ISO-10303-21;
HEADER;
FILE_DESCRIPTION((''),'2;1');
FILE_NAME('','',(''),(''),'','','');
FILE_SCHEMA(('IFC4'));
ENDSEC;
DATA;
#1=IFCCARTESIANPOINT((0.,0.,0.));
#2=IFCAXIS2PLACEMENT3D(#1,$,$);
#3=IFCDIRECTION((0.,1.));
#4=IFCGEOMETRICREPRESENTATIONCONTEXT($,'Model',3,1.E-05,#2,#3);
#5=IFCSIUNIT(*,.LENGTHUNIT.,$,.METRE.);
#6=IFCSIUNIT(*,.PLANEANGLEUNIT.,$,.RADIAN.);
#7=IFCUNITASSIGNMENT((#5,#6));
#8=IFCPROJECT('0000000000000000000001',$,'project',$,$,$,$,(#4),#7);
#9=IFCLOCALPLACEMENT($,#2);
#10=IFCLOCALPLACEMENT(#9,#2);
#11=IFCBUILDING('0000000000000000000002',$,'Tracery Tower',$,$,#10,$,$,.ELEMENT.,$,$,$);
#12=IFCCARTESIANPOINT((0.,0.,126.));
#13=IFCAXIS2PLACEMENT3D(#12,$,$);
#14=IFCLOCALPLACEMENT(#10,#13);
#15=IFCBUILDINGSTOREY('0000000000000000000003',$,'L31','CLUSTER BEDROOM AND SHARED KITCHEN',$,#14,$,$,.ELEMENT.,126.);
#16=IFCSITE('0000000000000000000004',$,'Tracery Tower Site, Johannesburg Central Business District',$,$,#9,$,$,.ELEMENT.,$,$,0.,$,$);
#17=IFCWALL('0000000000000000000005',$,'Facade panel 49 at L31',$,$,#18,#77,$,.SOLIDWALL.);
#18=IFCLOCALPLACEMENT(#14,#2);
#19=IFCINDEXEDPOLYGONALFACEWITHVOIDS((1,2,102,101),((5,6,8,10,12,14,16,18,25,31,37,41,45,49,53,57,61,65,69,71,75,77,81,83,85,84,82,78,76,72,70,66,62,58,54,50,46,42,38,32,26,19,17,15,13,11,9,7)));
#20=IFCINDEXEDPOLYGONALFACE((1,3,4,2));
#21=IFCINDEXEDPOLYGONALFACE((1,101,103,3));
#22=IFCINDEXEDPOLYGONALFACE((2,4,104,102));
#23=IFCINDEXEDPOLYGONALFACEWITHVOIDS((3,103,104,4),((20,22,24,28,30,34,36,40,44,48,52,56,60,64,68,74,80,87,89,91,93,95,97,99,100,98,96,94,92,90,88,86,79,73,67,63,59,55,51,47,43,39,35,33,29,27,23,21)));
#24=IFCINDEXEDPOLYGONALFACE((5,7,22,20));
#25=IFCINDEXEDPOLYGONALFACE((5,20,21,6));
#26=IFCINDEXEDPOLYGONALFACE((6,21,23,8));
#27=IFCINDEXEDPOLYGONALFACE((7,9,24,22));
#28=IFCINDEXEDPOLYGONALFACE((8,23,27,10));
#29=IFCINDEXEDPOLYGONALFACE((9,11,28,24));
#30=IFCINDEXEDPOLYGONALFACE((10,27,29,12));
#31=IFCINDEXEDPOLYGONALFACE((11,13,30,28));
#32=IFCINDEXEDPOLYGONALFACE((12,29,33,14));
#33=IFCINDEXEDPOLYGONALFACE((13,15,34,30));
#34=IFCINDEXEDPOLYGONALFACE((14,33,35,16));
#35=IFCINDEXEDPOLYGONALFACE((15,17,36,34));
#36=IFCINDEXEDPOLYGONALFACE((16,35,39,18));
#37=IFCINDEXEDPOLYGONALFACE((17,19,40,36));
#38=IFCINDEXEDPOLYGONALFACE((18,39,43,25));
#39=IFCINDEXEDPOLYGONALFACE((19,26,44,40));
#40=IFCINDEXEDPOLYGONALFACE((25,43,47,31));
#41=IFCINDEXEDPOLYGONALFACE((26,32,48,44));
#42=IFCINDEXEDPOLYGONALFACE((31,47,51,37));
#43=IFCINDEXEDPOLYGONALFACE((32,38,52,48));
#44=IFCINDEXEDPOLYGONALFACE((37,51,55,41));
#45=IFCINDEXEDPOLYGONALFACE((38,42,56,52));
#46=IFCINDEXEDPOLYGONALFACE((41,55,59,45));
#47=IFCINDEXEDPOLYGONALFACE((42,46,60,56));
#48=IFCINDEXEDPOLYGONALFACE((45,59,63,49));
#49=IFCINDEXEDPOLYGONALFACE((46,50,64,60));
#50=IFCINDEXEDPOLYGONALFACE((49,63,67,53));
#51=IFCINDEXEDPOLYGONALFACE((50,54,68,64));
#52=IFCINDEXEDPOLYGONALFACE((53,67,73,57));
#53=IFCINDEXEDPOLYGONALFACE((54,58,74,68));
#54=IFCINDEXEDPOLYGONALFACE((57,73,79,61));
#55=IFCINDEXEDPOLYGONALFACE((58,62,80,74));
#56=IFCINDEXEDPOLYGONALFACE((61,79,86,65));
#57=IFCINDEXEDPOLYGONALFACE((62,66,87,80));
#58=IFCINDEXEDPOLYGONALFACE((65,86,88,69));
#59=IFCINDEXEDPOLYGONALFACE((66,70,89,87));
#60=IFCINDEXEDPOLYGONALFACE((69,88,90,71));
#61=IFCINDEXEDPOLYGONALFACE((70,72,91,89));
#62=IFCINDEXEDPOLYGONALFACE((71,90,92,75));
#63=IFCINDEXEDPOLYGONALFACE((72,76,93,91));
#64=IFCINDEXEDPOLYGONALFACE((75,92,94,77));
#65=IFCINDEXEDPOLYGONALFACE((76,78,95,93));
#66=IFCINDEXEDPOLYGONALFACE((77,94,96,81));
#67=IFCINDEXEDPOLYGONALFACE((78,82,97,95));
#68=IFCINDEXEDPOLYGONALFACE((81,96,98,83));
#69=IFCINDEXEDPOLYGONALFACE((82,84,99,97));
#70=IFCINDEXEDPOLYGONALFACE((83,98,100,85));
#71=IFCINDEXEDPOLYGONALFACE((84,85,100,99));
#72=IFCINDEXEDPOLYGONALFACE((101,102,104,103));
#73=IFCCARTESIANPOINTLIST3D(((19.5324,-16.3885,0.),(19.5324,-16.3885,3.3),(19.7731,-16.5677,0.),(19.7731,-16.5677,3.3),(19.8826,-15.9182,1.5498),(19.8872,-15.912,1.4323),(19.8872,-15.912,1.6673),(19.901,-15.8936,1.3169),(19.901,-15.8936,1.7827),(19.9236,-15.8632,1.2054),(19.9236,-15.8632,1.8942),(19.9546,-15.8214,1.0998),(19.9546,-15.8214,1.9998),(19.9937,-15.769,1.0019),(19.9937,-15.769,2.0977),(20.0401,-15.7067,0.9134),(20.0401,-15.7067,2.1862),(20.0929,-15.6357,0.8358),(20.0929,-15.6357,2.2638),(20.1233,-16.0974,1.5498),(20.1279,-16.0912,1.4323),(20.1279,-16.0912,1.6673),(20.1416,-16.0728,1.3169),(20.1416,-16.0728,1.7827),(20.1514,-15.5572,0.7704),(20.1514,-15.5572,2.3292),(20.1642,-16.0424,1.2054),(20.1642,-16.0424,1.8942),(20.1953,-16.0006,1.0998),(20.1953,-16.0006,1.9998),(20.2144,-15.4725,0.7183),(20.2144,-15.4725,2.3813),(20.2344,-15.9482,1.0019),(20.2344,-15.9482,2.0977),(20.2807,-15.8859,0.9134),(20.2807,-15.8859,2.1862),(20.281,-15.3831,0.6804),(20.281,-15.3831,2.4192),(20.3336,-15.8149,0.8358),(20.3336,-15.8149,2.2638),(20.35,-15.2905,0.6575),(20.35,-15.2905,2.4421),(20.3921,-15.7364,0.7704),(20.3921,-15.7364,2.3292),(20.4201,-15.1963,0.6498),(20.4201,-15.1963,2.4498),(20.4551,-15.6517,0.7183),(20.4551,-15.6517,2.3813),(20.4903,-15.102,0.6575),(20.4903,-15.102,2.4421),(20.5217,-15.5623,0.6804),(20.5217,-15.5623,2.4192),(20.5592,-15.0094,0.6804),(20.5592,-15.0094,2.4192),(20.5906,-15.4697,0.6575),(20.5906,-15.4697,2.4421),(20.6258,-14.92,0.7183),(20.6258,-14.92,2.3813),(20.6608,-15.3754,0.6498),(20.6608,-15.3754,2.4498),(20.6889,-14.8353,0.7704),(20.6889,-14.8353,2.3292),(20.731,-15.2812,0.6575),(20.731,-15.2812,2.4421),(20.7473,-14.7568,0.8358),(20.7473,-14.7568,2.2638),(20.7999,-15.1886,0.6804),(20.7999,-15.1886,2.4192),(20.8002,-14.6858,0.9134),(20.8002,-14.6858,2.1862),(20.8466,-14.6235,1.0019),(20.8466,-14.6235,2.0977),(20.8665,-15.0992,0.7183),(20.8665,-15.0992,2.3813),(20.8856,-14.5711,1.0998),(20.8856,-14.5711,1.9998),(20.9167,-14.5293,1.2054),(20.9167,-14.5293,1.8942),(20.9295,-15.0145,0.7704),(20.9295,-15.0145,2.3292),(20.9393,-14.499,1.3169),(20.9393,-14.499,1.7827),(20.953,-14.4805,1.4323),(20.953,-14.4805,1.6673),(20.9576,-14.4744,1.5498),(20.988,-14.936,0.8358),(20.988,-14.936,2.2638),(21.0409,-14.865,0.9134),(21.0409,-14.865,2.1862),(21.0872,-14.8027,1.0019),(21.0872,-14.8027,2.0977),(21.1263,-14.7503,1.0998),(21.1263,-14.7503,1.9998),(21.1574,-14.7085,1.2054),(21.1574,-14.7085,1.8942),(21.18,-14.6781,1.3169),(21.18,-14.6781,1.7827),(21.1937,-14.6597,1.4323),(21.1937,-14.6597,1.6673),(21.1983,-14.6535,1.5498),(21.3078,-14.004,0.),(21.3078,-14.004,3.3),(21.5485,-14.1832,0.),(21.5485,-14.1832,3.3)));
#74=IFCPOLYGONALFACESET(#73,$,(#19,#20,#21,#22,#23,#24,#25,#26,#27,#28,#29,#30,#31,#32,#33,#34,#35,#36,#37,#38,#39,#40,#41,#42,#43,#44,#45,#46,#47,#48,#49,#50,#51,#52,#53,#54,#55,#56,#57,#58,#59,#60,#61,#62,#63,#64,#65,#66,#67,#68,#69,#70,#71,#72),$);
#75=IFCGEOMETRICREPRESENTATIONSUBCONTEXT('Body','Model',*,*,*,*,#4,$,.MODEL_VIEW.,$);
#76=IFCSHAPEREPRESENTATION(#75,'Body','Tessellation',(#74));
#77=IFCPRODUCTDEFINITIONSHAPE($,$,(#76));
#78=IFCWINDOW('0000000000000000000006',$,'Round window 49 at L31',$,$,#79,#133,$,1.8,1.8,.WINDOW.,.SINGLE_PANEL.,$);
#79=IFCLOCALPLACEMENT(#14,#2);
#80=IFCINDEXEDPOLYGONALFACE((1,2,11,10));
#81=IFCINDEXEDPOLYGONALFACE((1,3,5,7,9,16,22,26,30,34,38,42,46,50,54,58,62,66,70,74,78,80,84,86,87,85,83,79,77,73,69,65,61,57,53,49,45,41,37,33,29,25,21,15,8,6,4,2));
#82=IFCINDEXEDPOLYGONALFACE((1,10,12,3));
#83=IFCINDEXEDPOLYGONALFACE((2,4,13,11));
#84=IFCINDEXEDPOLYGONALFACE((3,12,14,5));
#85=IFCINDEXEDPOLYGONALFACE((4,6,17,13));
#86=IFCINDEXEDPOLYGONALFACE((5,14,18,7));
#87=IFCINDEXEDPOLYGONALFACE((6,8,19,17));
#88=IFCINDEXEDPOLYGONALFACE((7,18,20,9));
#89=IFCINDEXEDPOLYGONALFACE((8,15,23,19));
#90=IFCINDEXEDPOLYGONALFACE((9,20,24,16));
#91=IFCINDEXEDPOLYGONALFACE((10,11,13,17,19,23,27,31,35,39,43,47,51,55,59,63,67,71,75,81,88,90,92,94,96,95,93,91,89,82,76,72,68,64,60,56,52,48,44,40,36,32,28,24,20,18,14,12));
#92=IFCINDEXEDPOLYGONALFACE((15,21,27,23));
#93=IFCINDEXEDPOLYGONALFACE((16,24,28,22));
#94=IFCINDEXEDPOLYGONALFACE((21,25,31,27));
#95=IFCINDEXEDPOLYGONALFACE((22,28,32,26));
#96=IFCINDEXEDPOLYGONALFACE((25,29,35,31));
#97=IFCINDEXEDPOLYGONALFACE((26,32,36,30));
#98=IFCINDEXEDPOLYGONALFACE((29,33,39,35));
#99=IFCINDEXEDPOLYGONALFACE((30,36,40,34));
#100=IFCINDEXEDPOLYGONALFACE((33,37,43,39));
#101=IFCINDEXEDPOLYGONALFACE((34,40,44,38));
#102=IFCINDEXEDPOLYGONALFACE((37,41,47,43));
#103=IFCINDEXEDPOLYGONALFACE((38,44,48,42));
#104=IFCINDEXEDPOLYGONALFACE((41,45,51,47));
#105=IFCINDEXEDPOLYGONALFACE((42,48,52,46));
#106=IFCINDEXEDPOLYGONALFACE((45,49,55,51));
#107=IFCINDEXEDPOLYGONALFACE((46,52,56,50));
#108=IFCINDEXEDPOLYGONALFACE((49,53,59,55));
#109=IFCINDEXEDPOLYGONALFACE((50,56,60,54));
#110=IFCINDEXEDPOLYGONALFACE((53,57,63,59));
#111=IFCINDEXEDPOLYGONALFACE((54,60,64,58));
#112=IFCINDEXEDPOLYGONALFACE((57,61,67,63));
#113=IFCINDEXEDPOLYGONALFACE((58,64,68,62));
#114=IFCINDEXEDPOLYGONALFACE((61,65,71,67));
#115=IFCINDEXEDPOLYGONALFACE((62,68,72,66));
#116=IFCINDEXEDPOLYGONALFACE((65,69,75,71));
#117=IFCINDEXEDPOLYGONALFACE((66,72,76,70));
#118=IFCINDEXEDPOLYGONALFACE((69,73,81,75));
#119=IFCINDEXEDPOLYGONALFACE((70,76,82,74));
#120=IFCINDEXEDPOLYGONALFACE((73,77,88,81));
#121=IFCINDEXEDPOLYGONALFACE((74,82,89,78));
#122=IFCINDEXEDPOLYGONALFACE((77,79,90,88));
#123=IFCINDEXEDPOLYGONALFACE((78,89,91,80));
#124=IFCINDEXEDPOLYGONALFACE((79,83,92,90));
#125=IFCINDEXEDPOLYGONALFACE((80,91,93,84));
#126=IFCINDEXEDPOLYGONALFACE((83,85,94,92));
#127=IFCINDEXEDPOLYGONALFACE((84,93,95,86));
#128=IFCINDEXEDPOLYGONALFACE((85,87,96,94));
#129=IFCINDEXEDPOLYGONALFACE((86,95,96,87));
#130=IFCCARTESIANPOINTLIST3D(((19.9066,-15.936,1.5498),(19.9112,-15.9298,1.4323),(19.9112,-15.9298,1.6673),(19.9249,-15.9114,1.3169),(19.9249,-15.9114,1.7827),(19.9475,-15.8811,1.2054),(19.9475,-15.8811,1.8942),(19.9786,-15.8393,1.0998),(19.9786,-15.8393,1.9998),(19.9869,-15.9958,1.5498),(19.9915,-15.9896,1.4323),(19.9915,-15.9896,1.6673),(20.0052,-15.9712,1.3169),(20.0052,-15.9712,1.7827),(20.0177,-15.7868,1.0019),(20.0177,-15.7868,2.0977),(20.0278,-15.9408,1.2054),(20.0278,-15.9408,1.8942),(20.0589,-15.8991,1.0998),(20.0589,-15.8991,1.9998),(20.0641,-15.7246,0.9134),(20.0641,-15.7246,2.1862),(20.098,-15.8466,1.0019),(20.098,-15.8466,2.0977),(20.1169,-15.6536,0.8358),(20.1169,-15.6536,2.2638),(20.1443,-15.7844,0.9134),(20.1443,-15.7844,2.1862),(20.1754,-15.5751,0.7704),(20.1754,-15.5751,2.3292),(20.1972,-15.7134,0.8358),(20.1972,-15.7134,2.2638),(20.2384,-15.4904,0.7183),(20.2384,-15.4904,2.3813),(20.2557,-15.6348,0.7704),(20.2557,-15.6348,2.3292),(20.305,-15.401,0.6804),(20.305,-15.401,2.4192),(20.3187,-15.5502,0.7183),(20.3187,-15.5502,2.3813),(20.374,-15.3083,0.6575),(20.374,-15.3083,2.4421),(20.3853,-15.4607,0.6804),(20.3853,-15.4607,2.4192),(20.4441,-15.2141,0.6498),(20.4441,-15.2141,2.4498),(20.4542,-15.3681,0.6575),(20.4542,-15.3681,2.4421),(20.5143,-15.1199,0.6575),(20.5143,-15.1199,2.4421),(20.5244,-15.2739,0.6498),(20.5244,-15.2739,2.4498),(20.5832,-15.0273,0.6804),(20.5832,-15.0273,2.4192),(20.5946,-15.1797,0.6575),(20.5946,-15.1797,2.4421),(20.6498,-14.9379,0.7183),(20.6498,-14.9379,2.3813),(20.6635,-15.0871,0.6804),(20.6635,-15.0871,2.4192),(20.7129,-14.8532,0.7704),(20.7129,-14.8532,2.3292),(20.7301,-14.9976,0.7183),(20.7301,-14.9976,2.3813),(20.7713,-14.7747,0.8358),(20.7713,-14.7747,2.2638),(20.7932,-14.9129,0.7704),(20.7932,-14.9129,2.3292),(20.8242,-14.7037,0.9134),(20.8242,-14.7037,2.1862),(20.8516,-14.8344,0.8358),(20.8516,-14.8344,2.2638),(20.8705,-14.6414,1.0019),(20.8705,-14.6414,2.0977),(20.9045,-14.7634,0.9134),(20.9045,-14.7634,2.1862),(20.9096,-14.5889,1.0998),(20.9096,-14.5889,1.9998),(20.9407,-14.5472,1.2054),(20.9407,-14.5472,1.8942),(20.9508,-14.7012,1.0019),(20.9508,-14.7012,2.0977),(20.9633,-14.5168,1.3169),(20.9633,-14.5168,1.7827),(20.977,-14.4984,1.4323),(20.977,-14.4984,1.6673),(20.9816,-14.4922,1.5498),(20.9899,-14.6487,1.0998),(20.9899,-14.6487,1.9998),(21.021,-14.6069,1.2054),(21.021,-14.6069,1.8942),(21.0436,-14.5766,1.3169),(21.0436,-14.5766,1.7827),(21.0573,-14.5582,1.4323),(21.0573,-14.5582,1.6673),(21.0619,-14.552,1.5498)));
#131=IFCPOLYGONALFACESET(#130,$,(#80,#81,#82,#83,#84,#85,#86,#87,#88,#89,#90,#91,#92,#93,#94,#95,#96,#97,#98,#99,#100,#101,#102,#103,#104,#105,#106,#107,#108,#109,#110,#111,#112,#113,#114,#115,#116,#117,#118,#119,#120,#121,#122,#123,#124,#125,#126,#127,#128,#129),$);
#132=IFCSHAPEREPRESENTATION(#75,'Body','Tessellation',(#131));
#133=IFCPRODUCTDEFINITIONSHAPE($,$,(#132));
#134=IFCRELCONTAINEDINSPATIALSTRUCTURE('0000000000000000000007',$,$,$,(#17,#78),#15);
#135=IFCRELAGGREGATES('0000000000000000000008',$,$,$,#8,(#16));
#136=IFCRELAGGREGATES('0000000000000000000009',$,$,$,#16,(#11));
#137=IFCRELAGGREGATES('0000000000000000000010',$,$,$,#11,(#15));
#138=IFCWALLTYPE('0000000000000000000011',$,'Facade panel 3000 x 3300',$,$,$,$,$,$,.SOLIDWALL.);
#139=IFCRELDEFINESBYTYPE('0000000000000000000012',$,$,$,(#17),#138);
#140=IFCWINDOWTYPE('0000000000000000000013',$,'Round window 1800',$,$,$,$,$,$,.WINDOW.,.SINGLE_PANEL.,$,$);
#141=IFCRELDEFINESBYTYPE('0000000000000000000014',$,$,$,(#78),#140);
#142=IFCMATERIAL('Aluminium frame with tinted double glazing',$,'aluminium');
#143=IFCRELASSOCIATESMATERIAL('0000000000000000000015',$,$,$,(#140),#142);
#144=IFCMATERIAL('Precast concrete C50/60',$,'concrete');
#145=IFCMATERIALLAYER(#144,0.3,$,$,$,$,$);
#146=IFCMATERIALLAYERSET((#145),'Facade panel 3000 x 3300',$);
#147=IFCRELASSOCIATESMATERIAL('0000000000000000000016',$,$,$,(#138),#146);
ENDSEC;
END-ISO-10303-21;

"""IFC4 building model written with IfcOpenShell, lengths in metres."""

from ifc_helpers import new_model, si_unit, direction, frame, frame_2d, origin, origin_2d, place, context, subcontext, project, spatial, rectangle, circle, extrude, material, layer, layer_set, type_object, element, fill, save


model = new_model("IFC4")

# Units and contexts
model_context = context("Model", 3, precision=1e-05, world=origin(), true_north=direction((0.0, 1.0)))
body_context = subcontext(model_context, "Body", "Model", "MODEL_VIEW")
ifc_project = project(units=[si_unit("LENGTHUNIT", "METRE"), si_unit("PLANEANGLEUNIT", "RADIAN")], contexts=[model_context])

# Site, building, storey
site_placement = place(None, origin())
site = spatial("IfcSite", under=ifc_project, at=site_placement, Name="Tracery Tower Site, Johannesburg Central Business District", CompositionType="ELEMENT", RefElevation=0.0)
building_placement = place(site_placement, origin())
building = spatial("IfcBuilding", under=site, at=building_placement, Name="Tracery Tower", CompositionType="ELEMENT")
storey_placement = place(building_placement, frame((0.0, 0.0, 126.0)))
storey = spatial("IfcBuildingStorey", under=building, at=storey_placement, Name="L31", Description="CLUSTER BEDROOM AND SHARED KITCHEN", CompositionType="ELEMENT", Elevation=126.0)

# Wall, opening, window
ifc_material_1 = material(Name="Aluminium frame with tinted double glazing", Category="aluminium")
window_type = type_object("IfcWindowType", Name="Round window 1800", PartitioningType="SINGLE_PANEL", PredefinedType="WINDOW", material=ifc_material_1)
ifc_material_2 = material(Name="Precast concrete C50/60", Category="concrete")
ifc_layer_1 = layer(ifc_material_2, 0.3)
ifc_layer_set_1 = layer_set([ifc_layer_1], Name="Facade panel 3000 x 3300")
wall_type_1 = type_object("IfcWallType", Name="Facade panel 3000 x 3300", PredefinedType="SOLIDWALL", material=ifc_layer_set_1)
wall_1_placement = place(storey_placement, frame((19.6528, -16.478, 0.0), z_axis=(0.0, 0.0, 1.0), x_axis=(0.597198, 0.802094, 0.0)))
wall_1 = element("IfcWall", 1, at=wall_1_placement, inside=storey, type_object=wall_type_1, Name="Facade panel 49 at L31", PredefinedType="SOLIDWALL", context=body_context, shape_type="SweptSolid", body=[
    extrude(rectangle(XDim=2.9729, YDim=0.3, at=frame_2d((1.4863, 0.0))), origin(), (0.0, 0.0, 1.0), 3.3),
])
opening_1_placement = place(wall_1_placement, frame((1.4863, 0.0, 1.5498)))
opening_1 = element("IfcOpeningElement", 2, at=opening_1_placement, cuts=wall_1, PredefinedType="OPENING", context=body_context, shape_type="SweptSolid", body=[
    extrude(circle(Radius=0.9, at=origin_2d()), frame((0.0, 0.1599, 0.0), z_axis=(0.0, -1.0, 0.0), x_axis=(1.0, 0.0, 0.0)), (0.0, 0.0, 1.0), 0.3201),
])
window_1_placement = place(opening_1_placement, origin())
window_1 = element("IfcWindow", 3, at=window_1_placement, inside=storey, type_object=window_type, Name="Round window 49 at L31", OverallHeight=1.8, OverallWidth=1.8, PartitioningType="SINGLE_PANEL", PredefinedType="WINDOW", context=body_context, shape_type="SweptSolid", body=[
    extrude(circle(Radius=0.9, at=origin_2d()), frame((0.0, 0.1201, 0.0), z_axis=(0.0, -1.0, 0.0), x_axis=(1.0, 0.0, 0.0)), (0.0, 0.0, 1.0), 0.1001),
])
fill(opening_1, window_1)

save(model, "model.ifc")
